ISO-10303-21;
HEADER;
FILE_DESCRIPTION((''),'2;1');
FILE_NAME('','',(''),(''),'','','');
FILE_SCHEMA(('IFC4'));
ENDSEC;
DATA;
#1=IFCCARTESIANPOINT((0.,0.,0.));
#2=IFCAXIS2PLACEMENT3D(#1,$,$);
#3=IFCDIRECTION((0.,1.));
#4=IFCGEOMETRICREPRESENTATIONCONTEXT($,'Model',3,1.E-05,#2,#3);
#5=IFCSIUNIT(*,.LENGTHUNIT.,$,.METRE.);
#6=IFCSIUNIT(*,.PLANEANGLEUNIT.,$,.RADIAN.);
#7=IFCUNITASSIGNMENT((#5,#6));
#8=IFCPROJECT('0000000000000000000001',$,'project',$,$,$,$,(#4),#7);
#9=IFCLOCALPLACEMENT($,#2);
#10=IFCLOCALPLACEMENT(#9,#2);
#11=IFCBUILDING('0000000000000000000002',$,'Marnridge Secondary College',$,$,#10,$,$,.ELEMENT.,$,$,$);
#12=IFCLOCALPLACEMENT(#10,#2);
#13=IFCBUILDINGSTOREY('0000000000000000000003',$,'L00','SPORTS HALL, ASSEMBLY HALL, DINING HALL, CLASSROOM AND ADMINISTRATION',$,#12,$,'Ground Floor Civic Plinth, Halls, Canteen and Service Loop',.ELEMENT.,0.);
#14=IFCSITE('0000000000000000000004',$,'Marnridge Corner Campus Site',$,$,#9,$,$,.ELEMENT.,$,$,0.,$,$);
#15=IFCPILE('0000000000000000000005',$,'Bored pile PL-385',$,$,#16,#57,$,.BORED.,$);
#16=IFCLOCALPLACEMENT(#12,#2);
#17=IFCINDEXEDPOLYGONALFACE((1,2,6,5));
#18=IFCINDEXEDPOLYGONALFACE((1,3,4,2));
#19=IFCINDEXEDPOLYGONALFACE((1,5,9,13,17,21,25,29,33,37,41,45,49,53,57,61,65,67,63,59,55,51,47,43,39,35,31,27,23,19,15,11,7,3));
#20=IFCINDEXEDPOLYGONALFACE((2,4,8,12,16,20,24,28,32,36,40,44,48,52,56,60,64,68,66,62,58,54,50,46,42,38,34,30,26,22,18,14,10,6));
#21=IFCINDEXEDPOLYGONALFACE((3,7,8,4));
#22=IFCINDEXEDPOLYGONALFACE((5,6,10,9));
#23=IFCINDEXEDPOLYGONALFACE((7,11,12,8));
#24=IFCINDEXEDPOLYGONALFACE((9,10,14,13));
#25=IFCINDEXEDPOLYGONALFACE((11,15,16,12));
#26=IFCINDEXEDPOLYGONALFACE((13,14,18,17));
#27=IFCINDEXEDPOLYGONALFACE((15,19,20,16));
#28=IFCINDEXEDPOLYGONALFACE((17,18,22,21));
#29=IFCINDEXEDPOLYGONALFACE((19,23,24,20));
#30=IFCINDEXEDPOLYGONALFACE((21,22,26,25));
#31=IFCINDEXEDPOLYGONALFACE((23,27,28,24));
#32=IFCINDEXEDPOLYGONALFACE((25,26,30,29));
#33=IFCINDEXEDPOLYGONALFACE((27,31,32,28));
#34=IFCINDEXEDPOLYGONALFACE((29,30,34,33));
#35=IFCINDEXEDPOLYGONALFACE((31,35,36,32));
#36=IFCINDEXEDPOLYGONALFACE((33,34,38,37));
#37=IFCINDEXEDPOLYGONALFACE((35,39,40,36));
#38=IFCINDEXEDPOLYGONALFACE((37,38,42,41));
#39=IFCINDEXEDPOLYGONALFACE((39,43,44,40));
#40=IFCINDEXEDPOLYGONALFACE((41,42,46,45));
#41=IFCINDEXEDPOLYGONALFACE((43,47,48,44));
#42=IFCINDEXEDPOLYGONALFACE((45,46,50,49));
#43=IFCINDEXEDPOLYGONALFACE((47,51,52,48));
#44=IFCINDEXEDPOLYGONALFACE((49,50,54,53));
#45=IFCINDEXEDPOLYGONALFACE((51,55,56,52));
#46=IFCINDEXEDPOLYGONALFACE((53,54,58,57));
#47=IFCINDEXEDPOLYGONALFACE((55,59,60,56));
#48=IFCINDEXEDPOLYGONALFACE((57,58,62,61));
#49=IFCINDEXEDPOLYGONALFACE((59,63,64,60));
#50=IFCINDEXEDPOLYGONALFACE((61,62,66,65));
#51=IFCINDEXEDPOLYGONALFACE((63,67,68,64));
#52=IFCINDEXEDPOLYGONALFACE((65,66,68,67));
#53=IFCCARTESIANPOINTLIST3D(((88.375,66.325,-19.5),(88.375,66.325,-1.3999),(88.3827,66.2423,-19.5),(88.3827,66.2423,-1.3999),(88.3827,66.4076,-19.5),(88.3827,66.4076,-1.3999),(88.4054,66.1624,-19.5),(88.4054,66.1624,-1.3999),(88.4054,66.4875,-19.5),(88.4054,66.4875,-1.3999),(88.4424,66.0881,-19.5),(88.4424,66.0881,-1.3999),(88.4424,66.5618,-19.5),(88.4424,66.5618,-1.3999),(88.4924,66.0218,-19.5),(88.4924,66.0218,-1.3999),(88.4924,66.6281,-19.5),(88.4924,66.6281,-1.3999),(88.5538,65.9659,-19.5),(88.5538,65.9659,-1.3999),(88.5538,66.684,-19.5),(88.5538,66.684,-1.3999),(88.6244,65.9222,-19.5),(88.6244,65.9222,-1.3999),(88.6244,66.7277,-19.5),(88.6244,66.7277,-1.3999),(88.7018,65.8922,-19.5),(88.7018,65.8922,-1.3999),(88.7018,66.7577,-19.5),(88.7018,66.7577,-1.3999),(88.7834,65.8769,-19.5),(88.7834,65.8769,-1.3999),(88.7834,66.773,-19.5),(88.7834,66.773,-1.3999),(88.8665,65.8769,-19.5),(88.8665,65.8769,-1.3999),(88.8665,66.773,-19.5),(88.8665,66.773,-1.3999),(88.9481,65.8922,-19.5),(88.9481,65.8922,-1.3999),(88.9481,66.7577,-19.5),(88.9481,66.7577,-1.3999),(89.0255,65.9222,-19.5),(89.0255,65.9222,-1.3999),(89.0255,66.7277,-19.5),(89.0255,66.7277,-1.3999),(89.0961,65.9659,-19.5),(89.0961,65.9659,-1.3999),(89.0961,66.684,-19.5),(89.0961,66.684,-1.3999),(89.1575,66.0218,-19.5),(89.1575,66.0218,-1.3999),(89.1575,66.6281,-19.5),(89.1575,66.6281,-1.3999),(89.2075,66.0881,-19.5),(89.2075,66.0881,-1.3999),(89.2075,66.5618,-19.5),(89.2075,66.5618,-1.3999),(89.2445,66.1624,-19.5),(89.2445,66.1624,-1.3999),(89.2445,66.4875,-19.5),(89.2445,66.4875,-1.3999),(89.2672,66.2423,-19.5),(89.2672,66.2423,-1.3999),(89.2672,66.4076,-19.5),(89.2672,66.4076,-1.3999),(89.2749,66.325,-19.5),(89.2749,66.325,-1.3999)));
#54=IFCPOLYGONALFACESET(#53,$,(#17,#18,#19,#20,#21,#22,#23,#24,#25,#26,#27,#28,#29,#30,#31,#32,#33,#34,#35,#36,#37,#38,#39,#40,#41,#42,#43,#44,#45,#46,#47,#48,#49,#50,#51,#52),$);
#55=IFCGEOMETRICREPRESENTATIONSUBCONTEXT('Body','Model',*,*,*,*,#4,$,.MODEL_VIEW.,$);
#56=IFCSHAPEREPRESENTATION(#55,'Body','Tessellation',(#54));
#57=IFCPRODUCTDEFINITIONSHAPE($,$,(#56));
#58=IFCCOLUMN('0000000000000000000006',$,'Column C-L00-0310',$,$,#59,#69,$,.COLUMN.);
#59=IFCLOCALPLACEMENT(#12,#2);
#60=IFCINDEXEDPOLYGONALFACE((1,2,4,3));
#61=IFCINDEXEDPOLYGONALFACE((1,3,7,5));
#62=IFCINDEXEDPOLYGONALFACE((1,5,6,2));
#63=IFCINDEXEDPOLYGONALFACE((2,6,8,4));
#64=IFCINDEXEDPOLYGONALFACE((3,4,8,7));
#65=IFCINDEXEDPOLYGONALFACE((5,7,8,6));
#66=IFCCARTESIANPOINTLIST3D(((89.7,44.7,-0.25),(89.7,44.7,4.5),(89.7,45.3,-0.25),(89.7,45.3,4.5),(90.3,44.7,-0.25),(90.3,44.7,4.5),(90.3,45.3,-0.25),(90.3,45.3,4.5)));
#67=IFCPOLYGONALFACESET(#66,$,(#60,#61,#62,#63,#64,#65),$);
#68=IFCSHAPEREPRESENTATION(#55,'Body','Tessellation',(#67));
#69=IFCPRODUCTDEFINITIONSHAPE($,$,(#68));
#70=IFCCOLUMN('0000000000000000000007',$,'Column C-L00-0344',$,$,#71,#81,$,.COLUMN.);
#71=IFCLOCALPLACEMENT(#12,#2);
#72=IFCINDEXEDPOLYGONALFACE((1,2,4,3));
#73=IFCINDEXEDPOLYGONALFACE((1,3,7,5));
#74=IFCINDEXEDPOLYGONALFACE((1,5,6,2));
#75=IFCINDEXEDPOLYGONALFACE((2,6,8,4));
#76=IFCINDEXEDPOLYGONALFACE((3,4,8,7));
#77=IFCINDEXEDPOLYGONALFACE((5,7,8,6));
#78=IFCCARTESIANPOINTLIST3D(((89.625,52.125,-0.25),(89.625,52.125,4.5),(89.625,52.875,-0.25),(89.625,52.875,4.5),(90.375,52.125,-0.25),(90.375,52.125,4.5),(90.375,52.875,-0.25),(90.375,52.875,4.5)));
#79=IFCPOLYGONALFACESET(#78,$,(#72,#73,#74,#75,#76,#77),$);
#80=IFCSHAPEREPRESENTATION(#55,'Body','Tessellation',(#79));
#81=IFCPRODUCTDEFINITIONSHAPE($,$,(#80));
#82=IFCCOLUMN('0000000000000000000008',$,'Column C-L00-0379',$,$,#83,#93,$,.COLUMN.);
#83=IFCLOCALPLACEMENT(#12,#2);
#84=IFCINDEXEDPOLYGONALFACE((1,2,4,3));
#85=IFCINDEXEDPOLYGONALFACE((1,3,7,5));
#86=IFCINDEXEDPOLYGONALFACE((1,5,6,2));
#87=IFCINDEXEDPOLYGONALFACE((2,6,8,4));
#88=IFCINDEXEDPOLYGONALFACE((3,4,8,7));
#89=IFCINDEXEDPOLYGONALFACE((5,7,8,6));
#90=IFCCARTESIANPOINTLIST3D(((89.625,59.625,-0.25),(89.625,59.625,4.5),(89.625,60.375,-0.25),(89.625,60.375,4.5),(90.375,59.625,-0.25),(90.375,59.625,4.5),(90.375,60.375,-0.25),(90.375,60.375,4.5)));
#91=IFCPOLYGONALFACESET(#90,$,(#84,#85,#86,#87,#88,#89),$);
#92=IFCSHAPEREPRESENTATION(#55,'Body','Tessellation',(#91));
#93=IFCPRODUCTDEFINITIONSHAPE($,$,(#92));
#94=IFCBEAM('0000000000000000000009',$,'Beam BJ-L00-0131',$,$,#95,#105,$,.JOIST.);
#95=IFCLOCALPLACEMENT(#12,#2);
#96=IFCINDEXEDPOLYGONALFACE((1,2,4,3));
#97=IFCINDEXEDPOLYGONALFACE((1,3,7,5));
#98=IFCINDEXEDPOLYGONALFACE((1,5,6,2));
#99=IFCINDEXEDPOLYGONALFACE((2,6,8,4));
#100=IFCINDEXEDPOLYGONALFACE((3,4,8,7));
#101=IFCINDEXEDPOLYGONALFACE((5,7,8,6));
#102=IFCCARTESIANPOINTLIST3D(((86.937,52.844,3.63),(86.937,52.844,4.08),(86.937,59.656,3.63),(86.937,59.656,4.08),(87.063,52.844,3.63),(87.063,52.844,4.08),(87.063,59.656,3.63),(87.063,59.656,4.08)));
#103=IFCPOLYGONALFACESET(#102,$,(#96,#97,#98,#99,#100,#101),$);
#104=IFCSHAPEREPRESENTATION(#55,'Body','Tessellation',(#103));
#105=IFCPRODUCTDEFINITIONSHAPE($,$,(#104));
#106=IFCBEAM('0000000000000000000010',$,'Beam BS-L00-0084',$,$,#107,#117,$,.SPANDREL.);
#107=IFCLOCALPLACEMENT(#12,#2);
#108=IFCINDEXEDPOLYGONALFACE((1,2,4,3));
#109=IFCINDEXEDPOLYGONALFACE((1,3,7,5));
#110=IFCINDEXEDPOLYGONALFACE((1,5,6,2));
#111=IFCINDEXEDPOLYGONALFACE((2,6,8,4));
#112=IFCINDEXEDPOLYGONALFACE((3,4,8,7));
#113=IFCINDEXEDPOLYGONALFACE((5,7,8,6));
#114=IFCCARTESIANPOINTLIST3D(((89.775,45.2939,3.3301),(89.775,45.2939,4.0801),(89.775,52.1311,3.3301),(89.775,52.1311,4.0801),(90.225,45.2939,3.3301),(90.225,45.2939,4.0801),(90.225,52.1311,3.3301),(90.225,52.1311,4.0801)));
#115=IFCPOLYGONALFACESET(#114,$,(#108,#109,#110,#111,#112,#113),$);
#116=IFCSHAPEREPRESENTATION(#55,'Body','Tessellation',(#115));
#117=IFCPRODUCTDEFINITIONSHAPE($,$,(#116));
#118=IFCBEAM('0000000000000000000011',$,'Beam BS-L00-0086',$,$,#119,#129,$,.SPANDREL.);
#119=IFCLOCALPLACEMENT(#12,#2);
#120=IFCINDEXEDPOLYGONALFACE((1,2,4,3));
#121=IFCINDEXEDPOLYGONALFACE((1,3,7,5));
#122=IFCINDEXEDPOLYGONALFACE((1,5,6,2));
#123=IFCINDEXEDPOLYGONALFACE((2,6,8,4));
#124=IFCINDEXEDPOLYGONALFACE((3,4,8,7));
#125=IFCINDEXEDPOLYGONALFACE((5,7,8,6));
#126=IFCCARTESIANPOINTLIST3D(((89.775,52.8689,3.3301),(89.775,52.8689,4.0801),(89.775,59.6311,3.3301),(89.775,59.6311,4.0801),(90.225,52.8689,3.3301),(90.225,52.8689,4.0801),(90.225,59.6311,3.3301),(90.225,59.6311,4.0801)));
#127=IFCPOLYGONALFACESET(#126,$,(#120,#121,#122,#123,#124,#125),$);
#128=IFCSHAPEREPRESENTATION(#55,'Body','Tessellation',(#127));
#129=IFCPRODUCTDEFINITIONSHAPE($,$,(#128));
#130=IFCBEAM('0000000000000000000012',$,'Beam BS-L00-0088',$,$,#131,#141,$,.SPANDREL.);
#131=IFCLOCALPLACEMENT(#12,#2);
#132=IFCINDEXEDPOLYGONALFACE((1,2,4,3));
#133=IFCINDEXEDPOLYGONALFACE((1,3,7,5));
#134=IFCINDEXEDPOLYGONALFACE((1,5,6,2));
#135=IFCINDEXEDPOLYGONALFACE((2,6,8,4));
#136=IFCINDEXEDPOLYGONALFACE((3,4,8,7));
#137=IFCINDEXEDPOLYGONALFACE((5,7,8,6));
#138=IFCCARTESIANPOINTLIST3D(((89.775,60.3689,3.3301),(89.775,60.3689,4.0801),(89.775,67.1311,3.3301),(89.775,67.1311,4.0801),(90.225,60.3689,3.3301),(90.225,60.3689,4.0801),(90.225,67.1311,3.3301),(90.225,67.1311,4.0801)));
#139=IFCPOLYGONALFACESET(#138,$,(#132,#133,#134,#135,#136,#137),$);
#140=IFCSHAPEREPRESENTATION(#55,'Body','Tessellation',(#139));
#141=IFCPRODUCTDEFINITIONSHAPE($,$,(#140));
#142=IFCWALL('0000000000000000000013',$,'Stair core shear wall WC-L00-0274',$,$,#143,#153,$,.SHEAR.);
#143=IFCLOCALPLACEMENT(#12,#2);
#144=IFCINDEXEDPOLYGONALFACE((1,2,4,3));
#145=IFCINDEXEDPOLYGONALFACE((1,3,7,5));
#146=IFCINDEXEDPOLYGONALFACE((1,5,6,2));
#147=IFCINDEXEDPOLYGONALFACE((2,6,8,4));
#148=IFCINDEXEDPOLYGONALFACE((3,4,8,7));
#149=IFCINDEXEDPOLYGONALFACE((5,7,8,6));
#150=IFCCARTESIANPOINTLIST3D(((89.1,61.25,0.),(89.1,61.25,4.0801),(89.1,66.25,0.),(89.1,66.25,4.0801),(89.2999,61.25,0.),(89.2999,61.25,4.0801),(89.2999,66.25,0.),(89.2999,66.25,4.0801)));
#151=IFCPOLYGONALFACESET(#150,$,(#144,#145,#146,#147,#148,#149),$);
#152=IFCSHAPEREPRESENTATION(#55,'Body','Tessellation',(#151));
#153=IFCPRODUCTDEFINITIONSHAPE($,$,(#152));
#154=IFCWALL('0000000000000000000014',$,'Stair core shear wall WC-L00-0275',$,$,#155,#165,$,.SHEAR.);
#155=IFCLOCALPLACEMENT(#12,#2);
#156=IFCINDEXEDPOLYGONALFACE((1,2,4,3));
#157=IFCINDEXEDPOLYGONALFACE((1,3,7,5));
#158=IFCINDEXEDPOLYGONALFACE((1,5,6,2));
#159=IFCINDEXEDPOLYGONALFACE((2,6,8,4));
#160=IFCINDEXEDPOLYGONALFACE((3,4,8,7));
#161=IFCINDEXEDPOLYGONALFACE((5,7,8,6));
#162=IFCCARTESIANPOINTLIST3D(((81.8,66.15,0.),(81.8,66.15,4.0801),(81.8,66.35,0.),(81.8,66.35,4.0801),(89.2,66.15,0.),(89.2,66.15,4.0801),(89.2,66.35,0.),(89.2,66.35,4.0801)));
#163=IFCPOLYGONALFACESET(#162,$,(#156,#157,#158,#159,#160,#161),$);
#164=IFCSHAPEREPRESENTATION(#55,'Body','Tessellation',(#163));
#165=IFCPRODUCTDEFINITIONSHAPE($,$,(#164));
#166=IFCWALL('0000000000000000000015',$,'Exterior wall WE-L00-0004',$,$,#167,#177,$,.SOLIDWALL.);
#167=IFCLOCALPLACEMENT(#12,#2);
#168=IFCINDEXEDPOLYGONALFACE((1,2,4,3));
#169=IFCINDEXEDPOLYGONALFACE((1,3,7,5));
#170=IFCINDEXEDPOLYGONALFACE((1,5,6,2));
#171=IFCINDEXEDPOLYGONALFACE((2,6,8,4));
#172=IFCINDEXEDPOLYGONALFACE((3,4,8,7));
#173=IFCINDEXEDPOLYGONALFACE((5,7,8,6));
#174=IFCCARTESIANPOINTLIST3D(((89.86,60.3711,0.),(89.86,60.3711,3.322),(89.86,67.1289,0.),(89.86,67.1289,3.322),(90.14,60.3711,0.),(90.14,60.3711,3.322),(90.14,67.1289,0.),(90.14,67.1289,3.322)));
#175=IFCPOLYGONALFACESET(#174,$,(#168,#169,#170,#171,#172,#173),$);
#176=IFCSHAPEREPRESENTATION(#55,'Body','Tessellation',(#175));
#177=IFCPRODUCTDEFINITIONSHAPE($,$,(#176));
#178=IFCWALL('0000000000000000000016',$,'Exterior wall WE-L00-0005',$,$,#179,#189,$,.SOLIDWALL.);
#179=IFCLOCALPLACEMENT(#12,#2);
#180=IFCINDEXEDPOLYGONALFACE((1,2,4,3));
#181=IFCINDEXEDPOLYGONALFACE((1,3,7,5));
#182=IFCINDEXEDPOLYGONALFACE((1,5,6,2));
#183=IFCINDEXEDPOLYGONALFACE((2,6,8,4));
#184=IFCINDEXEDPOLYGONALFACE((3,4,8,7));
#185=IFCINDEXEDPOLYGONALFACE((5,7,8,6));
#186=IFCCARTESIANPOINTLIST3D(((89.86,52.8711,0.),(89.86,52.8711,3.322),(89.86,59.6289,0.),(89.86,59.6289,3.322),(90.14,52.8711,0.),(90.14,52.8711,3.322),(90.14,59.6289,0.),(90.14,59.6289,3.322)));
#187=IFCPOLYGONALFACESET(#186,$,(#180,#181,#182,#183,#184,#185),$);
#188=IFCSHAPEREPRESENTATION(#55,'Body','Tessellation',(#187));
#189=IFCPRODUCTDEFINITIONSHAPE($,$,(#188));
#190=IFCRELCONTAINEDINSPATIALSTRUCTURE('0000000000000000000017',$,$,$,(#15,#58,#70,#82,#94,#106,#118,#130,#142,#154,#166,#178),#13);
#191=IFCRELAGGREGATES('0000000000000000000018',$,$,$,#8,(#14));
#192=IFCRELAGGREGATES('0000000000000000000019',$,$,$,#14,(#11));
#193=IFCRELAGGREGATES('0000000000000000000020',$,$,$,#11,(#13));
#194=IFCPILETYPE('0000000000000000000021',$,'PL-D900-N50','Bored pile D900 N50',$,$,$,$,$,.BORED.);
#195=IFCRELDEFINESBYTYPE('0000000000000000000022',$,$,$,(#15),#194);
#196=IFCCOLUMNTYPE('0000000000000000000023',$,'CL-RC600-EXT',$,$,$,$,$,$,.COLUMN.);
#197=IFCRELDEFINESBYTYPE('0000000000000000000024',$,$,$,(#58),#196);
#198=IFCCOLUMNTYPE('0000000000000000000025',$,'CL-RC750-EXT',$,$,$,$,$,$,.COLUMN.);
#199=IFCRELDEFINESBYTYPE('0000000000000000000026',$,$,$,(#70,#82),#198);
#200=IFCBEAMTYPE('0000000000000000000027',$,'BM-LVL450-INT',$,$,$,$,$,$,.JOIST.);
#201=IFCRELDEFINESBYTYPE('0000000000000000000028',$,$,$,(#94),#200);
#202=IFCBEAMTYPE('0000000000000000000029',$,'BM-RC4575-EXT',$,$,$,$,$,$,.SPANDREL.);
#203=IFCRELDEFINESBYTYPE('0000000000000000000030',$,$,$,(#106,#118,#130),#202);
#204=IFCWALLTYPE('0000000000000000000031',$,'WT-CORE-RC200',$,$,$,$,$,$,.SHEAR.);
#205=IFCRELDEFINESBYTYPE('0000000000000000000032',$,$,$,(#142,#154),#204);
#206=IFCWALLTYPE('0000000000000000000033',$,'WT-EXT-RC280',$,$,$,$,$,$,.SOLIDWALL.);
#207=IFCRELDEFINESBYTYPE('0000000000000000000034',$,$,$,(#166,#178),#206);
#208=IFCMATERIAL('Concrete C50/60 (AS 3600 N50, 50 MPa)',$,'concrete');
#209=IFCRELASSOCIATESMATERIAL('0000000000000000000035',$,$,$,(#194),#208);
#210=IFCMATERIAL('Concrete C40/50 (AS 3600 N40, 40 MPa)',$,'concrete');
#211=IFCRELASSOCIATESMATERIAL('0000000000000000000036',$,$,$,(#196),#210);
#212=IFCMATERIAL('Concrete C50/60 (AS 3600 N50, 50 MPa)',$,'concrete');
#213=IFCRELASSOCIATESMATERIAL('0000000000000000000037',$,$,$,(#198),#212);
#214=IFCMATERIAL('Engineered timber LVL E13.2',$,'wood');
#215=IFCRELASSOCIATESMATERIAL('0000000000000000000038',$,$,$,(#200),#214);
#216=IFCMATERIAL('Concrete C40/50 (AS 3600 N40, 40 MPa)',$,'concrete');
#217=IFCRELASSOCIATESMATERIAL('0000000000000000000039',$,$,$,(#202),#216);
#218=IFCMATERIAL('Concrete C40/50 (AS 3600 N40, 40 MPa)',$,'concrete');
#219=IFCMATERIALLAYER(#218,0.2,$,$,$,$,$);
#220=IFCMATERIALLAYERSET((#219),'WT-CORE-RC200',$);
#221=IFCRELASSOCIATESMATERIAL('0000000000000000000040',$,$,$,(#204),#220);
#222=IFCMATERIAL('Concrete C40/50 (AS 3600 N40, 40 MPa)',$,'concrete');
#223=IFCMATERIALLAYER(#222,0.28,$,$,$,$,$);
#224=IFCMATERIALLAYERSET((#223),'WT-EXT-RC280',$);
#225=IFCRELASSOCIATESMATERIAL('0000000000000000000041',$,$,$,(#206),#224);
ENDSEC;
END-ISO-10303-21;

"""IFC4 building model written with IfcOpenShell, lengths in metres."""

from ifc_helpers import new_model, si_unit, direction, frame, frame_2d, origin, origin_2d, place, context, subcontext, project, spatial, rectangle, circle, extrude, material, layer, layer_set, material_profile, profile_set, type_object, element, save


model = new_model("IFC4")

# Units and contexts
model_context = context("Model", 3, precision=1e-05, world=origin(), true_north=direction((0.0, 1.0)))
body_context = subcontext(model_context, "Body", "Model", "MODEL_VIEW")
ifc_project = project(units=[si_unit("LENGTHUNIT", "METRE"), si_unit("PLANEANGLEUNIT", "RADIAN")], contexts=[model_context])

# Site, building, storey
site_placement = place(None, origin())
site = spatial("IfcSite", under=ifc_project, at=site_placement, Name="Marnridge Corner Campus Site", CompositionType="ELEMENT", RefElevation=0.0)
building_placement = place(site_placement, origin())
building = spatial("IfcBuilding", under=site, at=building_placement, Name="Marnridge Secondary College", CompositionType="ELEMENT")
storey_placement = place(building_placement, origin())
storey = spatial("IfcBuildingStorey", under=building, at=storey_placement, Name="L00", Description="SPORTS HALL, ASSEMBLY HALL, DINING HALL, CLASSROOM AND ADMINISTRATION", LongName="Ground Floor Civic Plinth, Halls, Canteen and Service Loop", CompositionType="ELEMENT", Elevation=0.0)

# Pile
ifc_material_1 = material(Name="Concrete C50/60 (AS 3600 N50, 50 MPa)", Category="concrete")
ifc_material_profile_1 = material_profile(ifc_material_1, circle(Radius=0.45, at=origin_2d()), Name="PILE D900")
ifc_profile_set_1 = profile_set([ifc_material_profile_1], Name="Concrete C50/60 (AS 3600 N50, 50 MPa)")
pile_type_1 = type_object("IfcPileType", Name="PL-D900-N50", Description="Bored pile D900 N50", PredefinedType="BORED", material=ifc_profile_set_1)
pile_placement = place(storey_placement, frame((88.825, 66.325, -1.3999), z_axis=(0.0, 0.0, -1.0), x_axis=(1.0, 0.0, 0.0)))
element("IfcPile", 1, at=pile_placement, inside=storey, type_object=pile_type_1, Name="Bored pile PL-385", PredefinedType="BORED", context=body_context, shape_type="SweptSolid", body=[
    extrude(circle(Radius=0.45, at=origin_2d()), origin(), (0.0, 0.0, 1.0), 18.1001),
])

# Columns
ifc_material_2 = material(Name="Concrete C40/50 (AS 3600 N40, 40 MPa)", Category="concrete")
ifc_material_profile_2 = material_profile(ifc_material_2, rectangle(XDim=0.6001, YDim=0.6001, at=origin_2d()), Name="RC 600x600")
ifc_profile_set_2 = profile_set([ifc_material_profile_2], Name="Concrete C40/50 (AS 3600 N40, 40 MPa)")
column_type_1 = type_object("IfcColumnType", Name="CL-RC600-EXT", PredefinedType="COLUMN", material=ifc_profile_set_2)
column_placement = place(storey_placement, frame((90.0, 45.0, -0.25), z_axis=(0.0, 0.0, 1.0), x_axis=(1.0, 0.0, 0.0)))
element("IfcColumn", 2, at=column_placement, inside=storey, type_object=column_type_1, Name="Column C-L00-0310", PredefinedType="COLUMN", context=body_context, shape_type="SweptSolid", body=[
    extrude(rectangle(XDim=0.6001, YDim=0.6001, at=origin_2d()), origin(), (0.0, 0.0, 1.0), 4.75),
])
ifc_material_3 = material(Name="Concrete C50/60 (AS 3600 N50, 50 MPa)", Category="concrete")
ifc_material_profile_3 = material_profile(ifc_material_3, rectangle(XDim=0.75, YDim=0.75, at=origin_2d()), Name="RC 750x750")
ifc_profile_set_3 = profile_set([ifc_material_profile_3], Name="Concrete C50/60 (AS 3600 N50, 50 MPa)")
column_type_2 = type_object("IfcColumnType", Name="CL-RC750-EXT", PredefinedType="COLUMN", material=ifc_profile_set_3)
for number, where, z_axis, x_axis, name in (
    (3, (90.0, 52.5, -0.25), (0.0, 0.0, 1.0), (1.0, 0.0, 0.0), "Column C-L00-0344"),
    (4, (90.0, 60.0, -0.25), (0.0, 0.0, 1.0), (1.0, 0.0, 0.0), "Column C-L00-0379"),
):
    element("IfcColumn", number, at=place(storey_placement, frame(where, z_axis=z_axis, x_axis=x_axis)), inside=storey, type_object=column_type_2, Name=name, PredefinedType="COLUMN", context=body_context, shape_type="SweptSolid", body=[
        extrude(rectangle(XDim=0.75, YDim=0.75, at=origin_2d()), origin(), (0.0, 0.0, 1.0), 4.75),
    ])

# Beams
ifc_material_4 = material(Name="Engineered timber LVL E13.2", Category="wood")
ifc_material_profile_4 = material_profile(ifc_material_4, rectangle(XDim=0.126, YDim=0.45, at=origin_2d()), Name="LVL 126x450")
ifc_profile_set_4 = profile_set([ifc_material_profile_4], Name="Engineered timber LVL E13.2")
beam_type_1 = type_object("IfcBeamType", Name="BM-LVL450-INT", PredefinedType="JOIST", material=ifc_profile_set_4)
beam_1_placement = place(storey_placement, frame((87.0, 52.844, 3.855), z_axis=(0.0, 1.0, 0.0), x_axis=(-1.0, 0.0, 0.0)))
element("IfcBeam", 5, at=beam_1_placement, inside=storey, type_object=beam_type_1, Name="Beam BJ-L00-0131", PredefinedType="JOIST", context=body_context, shape_type="SweptSolid", body=[
    extrude(rectangle(XDim=0.126, YDim=0.45, at=origin_2d()), origin(), (0.0, 0.0, 1.0), 6.812),
])
ifc_material_5 = material(Name="Concrete C40/50 (AS 3600 N40, 40 MPa)", Category="concrete")
ifc_material_profile_5 = material_profile(ifc_material_5, rectangle(XDim=0.45, YDim=0.75, at=origin_2d()), Name="RC 450x750")
ifc_profile_set_5 = profile_set([ifc_material_profile_5], Name="Concrete C40/50 (AS 3600 N40, 40 MPa)")
beam_type_2 = type_object("IfcBeamType", Name="BM-RC4575-EXT", PredefinedType="SPANDREL", material=ifc_profile_set_5)
beam_2_placement = place(storey_placement, frame((90.0, 45.2939, 3.7051), z_axis=(0.0, 1.0, 0.0), x_axis=(-1.0, 0.0, 0.0)))
element("IfcBeam", 6, at=beam_2_placement, inside=storey, type_object=beam_type_2, Name="Beam BS-L00-0084", PredefinedType="SPANDREL", context=body_context, shape_type="SweptSolid", body=[
    extrude(rectangle(XDim=0.45, YDim=0.75, at=origin_2d()), origin(), (0.0, 0.0, 1.0), 6.8372),
])
for number, where, z_axis, x_axis, name in (
    (7, (90.0, 52.8689, 3.7051), (0.0, 1.0, 0.0), (-1.0, 0.0, 0.0), "Beam BS-L00-0086"),
    (8, (90.0, 60.3689, 3.7051), (0.0, 1.0, 0.0), (-1.0, 0.0, 0.0), "Beam BS-L00-0088"),
):
    element("IfcBeam", number, at=place(storey_placement, frame(where, z_axis=z_axis, x_axis=x_axis)), inside=storey, type_object=beam_type_2, Name=name, PredefinedType="SPANDREL", context=body_context, shape_type="SweptSolid", body=[
        extrude(rectangle(XDim=0.45, YDim=0.75, at=origin_2d()), origin(), (0.0, 0.0, 1.0), 6.7622),
    ])

# Walls
ifc_material_6 = material(Name="Concrete C40/50 (AS 3600 N40, 40 MPa)", Category="concrete")
ifc_layer_1 = layer(ifc_material_6, 0.2)
ifc_layer_set_1 = layer_set([ifc_layer_1], Name="WT-CORE-RC200")
wall_type_1 = type_object("IfcWallType", Name="WT-CORE-RC200", PredefinedType="SHEAR", material=ifc_layer_set_1)
wall_1_placement = place(storey_placement, frame((89.2, 61.25, 0.0), z_axis=(0.0, 0.0, 1.0), x_axis=(0.0, 1.0, 0.0)))
element("IfcWall", 9, at=wall_1_placement, inside=storey, type_object=wall_type_1, Name="Stair core shear wall WC-L00-0274", PredefinedType="SHEAR", context=body_context, shape_type="SweptSolid", body=[
    extrude(rectangle(XDim=5.0, YDim=0.2, at=frame_2d((2.5, 0.0))), origin(), (0.0, 0.0, 1.0), 4.0801),
])
wall_2_placement = place(storey_placement, frame((89.2, 66.25, 0.0), z_axis=(0.0, 0.0, 1.0), x_axis=(-1.0, 0.0, 0.0)))
element("IfcWall", 10, at=wall_2_placement, inside=storey, type_object=wall_type_1, Name="Stair core shear wall WC-L00-0275", PredefinedType="SHEAR", context=body_context, shape_type="SweptSolid", body=[
    extrude(rectangle(XDim=7.3999, YDim=0.2, at=frame_2d((3.7, 0.0))), origin(), (0.0, 0.0, 1.0), 4.0801),
])
ifc_material_7 = material(Name="Concrete C40/50 (AS 3600 N40, 40 MPa)", Category="concrete")
ifc_layer_2 = layer(ifc_material_7, 0.28)
ifc_layer_set_2 = layer_set([ifc_layer_2], Name="WT-EXT-RC280")
wall_type_2 = type_object("IfcWallType", Name="WT-EXT-RC280", PredefinedType="SOLIDWALL", material=ifc_layer_set_2)
for number, where, z_axis, x_axis, name in (
    (11, (90.0, 67.1289, 0.0), (0.0, 0.0, 1.0), (0.0, -1.0, 0.0), "Exterior wall WE-L00-0004"),
    (12, (90.0, 59.6289, 0.0), (0.0, 0.0, 1.0), (0.0, -1.0, 0.0), "Exterior wall WE-L00-0005"),
):
    element("IfcWall", number, at=place(storey_placement, frame(where, z_axis=z_axis, x_axis=x_axis)), inside=storey, type_object=wall_type_2, Name=name, PredefinedType="SOLIDWALL", context=body_context, shape_type="SweptSolid", body=[
        extrude(rectangle(XDim=6.7578, YDim=0.28, at=frame_2d((3.3789, 0.0))), origin(), (0.0, 0.0, 1.0), 3.322),
    ])

save(model, "model.ifc")
